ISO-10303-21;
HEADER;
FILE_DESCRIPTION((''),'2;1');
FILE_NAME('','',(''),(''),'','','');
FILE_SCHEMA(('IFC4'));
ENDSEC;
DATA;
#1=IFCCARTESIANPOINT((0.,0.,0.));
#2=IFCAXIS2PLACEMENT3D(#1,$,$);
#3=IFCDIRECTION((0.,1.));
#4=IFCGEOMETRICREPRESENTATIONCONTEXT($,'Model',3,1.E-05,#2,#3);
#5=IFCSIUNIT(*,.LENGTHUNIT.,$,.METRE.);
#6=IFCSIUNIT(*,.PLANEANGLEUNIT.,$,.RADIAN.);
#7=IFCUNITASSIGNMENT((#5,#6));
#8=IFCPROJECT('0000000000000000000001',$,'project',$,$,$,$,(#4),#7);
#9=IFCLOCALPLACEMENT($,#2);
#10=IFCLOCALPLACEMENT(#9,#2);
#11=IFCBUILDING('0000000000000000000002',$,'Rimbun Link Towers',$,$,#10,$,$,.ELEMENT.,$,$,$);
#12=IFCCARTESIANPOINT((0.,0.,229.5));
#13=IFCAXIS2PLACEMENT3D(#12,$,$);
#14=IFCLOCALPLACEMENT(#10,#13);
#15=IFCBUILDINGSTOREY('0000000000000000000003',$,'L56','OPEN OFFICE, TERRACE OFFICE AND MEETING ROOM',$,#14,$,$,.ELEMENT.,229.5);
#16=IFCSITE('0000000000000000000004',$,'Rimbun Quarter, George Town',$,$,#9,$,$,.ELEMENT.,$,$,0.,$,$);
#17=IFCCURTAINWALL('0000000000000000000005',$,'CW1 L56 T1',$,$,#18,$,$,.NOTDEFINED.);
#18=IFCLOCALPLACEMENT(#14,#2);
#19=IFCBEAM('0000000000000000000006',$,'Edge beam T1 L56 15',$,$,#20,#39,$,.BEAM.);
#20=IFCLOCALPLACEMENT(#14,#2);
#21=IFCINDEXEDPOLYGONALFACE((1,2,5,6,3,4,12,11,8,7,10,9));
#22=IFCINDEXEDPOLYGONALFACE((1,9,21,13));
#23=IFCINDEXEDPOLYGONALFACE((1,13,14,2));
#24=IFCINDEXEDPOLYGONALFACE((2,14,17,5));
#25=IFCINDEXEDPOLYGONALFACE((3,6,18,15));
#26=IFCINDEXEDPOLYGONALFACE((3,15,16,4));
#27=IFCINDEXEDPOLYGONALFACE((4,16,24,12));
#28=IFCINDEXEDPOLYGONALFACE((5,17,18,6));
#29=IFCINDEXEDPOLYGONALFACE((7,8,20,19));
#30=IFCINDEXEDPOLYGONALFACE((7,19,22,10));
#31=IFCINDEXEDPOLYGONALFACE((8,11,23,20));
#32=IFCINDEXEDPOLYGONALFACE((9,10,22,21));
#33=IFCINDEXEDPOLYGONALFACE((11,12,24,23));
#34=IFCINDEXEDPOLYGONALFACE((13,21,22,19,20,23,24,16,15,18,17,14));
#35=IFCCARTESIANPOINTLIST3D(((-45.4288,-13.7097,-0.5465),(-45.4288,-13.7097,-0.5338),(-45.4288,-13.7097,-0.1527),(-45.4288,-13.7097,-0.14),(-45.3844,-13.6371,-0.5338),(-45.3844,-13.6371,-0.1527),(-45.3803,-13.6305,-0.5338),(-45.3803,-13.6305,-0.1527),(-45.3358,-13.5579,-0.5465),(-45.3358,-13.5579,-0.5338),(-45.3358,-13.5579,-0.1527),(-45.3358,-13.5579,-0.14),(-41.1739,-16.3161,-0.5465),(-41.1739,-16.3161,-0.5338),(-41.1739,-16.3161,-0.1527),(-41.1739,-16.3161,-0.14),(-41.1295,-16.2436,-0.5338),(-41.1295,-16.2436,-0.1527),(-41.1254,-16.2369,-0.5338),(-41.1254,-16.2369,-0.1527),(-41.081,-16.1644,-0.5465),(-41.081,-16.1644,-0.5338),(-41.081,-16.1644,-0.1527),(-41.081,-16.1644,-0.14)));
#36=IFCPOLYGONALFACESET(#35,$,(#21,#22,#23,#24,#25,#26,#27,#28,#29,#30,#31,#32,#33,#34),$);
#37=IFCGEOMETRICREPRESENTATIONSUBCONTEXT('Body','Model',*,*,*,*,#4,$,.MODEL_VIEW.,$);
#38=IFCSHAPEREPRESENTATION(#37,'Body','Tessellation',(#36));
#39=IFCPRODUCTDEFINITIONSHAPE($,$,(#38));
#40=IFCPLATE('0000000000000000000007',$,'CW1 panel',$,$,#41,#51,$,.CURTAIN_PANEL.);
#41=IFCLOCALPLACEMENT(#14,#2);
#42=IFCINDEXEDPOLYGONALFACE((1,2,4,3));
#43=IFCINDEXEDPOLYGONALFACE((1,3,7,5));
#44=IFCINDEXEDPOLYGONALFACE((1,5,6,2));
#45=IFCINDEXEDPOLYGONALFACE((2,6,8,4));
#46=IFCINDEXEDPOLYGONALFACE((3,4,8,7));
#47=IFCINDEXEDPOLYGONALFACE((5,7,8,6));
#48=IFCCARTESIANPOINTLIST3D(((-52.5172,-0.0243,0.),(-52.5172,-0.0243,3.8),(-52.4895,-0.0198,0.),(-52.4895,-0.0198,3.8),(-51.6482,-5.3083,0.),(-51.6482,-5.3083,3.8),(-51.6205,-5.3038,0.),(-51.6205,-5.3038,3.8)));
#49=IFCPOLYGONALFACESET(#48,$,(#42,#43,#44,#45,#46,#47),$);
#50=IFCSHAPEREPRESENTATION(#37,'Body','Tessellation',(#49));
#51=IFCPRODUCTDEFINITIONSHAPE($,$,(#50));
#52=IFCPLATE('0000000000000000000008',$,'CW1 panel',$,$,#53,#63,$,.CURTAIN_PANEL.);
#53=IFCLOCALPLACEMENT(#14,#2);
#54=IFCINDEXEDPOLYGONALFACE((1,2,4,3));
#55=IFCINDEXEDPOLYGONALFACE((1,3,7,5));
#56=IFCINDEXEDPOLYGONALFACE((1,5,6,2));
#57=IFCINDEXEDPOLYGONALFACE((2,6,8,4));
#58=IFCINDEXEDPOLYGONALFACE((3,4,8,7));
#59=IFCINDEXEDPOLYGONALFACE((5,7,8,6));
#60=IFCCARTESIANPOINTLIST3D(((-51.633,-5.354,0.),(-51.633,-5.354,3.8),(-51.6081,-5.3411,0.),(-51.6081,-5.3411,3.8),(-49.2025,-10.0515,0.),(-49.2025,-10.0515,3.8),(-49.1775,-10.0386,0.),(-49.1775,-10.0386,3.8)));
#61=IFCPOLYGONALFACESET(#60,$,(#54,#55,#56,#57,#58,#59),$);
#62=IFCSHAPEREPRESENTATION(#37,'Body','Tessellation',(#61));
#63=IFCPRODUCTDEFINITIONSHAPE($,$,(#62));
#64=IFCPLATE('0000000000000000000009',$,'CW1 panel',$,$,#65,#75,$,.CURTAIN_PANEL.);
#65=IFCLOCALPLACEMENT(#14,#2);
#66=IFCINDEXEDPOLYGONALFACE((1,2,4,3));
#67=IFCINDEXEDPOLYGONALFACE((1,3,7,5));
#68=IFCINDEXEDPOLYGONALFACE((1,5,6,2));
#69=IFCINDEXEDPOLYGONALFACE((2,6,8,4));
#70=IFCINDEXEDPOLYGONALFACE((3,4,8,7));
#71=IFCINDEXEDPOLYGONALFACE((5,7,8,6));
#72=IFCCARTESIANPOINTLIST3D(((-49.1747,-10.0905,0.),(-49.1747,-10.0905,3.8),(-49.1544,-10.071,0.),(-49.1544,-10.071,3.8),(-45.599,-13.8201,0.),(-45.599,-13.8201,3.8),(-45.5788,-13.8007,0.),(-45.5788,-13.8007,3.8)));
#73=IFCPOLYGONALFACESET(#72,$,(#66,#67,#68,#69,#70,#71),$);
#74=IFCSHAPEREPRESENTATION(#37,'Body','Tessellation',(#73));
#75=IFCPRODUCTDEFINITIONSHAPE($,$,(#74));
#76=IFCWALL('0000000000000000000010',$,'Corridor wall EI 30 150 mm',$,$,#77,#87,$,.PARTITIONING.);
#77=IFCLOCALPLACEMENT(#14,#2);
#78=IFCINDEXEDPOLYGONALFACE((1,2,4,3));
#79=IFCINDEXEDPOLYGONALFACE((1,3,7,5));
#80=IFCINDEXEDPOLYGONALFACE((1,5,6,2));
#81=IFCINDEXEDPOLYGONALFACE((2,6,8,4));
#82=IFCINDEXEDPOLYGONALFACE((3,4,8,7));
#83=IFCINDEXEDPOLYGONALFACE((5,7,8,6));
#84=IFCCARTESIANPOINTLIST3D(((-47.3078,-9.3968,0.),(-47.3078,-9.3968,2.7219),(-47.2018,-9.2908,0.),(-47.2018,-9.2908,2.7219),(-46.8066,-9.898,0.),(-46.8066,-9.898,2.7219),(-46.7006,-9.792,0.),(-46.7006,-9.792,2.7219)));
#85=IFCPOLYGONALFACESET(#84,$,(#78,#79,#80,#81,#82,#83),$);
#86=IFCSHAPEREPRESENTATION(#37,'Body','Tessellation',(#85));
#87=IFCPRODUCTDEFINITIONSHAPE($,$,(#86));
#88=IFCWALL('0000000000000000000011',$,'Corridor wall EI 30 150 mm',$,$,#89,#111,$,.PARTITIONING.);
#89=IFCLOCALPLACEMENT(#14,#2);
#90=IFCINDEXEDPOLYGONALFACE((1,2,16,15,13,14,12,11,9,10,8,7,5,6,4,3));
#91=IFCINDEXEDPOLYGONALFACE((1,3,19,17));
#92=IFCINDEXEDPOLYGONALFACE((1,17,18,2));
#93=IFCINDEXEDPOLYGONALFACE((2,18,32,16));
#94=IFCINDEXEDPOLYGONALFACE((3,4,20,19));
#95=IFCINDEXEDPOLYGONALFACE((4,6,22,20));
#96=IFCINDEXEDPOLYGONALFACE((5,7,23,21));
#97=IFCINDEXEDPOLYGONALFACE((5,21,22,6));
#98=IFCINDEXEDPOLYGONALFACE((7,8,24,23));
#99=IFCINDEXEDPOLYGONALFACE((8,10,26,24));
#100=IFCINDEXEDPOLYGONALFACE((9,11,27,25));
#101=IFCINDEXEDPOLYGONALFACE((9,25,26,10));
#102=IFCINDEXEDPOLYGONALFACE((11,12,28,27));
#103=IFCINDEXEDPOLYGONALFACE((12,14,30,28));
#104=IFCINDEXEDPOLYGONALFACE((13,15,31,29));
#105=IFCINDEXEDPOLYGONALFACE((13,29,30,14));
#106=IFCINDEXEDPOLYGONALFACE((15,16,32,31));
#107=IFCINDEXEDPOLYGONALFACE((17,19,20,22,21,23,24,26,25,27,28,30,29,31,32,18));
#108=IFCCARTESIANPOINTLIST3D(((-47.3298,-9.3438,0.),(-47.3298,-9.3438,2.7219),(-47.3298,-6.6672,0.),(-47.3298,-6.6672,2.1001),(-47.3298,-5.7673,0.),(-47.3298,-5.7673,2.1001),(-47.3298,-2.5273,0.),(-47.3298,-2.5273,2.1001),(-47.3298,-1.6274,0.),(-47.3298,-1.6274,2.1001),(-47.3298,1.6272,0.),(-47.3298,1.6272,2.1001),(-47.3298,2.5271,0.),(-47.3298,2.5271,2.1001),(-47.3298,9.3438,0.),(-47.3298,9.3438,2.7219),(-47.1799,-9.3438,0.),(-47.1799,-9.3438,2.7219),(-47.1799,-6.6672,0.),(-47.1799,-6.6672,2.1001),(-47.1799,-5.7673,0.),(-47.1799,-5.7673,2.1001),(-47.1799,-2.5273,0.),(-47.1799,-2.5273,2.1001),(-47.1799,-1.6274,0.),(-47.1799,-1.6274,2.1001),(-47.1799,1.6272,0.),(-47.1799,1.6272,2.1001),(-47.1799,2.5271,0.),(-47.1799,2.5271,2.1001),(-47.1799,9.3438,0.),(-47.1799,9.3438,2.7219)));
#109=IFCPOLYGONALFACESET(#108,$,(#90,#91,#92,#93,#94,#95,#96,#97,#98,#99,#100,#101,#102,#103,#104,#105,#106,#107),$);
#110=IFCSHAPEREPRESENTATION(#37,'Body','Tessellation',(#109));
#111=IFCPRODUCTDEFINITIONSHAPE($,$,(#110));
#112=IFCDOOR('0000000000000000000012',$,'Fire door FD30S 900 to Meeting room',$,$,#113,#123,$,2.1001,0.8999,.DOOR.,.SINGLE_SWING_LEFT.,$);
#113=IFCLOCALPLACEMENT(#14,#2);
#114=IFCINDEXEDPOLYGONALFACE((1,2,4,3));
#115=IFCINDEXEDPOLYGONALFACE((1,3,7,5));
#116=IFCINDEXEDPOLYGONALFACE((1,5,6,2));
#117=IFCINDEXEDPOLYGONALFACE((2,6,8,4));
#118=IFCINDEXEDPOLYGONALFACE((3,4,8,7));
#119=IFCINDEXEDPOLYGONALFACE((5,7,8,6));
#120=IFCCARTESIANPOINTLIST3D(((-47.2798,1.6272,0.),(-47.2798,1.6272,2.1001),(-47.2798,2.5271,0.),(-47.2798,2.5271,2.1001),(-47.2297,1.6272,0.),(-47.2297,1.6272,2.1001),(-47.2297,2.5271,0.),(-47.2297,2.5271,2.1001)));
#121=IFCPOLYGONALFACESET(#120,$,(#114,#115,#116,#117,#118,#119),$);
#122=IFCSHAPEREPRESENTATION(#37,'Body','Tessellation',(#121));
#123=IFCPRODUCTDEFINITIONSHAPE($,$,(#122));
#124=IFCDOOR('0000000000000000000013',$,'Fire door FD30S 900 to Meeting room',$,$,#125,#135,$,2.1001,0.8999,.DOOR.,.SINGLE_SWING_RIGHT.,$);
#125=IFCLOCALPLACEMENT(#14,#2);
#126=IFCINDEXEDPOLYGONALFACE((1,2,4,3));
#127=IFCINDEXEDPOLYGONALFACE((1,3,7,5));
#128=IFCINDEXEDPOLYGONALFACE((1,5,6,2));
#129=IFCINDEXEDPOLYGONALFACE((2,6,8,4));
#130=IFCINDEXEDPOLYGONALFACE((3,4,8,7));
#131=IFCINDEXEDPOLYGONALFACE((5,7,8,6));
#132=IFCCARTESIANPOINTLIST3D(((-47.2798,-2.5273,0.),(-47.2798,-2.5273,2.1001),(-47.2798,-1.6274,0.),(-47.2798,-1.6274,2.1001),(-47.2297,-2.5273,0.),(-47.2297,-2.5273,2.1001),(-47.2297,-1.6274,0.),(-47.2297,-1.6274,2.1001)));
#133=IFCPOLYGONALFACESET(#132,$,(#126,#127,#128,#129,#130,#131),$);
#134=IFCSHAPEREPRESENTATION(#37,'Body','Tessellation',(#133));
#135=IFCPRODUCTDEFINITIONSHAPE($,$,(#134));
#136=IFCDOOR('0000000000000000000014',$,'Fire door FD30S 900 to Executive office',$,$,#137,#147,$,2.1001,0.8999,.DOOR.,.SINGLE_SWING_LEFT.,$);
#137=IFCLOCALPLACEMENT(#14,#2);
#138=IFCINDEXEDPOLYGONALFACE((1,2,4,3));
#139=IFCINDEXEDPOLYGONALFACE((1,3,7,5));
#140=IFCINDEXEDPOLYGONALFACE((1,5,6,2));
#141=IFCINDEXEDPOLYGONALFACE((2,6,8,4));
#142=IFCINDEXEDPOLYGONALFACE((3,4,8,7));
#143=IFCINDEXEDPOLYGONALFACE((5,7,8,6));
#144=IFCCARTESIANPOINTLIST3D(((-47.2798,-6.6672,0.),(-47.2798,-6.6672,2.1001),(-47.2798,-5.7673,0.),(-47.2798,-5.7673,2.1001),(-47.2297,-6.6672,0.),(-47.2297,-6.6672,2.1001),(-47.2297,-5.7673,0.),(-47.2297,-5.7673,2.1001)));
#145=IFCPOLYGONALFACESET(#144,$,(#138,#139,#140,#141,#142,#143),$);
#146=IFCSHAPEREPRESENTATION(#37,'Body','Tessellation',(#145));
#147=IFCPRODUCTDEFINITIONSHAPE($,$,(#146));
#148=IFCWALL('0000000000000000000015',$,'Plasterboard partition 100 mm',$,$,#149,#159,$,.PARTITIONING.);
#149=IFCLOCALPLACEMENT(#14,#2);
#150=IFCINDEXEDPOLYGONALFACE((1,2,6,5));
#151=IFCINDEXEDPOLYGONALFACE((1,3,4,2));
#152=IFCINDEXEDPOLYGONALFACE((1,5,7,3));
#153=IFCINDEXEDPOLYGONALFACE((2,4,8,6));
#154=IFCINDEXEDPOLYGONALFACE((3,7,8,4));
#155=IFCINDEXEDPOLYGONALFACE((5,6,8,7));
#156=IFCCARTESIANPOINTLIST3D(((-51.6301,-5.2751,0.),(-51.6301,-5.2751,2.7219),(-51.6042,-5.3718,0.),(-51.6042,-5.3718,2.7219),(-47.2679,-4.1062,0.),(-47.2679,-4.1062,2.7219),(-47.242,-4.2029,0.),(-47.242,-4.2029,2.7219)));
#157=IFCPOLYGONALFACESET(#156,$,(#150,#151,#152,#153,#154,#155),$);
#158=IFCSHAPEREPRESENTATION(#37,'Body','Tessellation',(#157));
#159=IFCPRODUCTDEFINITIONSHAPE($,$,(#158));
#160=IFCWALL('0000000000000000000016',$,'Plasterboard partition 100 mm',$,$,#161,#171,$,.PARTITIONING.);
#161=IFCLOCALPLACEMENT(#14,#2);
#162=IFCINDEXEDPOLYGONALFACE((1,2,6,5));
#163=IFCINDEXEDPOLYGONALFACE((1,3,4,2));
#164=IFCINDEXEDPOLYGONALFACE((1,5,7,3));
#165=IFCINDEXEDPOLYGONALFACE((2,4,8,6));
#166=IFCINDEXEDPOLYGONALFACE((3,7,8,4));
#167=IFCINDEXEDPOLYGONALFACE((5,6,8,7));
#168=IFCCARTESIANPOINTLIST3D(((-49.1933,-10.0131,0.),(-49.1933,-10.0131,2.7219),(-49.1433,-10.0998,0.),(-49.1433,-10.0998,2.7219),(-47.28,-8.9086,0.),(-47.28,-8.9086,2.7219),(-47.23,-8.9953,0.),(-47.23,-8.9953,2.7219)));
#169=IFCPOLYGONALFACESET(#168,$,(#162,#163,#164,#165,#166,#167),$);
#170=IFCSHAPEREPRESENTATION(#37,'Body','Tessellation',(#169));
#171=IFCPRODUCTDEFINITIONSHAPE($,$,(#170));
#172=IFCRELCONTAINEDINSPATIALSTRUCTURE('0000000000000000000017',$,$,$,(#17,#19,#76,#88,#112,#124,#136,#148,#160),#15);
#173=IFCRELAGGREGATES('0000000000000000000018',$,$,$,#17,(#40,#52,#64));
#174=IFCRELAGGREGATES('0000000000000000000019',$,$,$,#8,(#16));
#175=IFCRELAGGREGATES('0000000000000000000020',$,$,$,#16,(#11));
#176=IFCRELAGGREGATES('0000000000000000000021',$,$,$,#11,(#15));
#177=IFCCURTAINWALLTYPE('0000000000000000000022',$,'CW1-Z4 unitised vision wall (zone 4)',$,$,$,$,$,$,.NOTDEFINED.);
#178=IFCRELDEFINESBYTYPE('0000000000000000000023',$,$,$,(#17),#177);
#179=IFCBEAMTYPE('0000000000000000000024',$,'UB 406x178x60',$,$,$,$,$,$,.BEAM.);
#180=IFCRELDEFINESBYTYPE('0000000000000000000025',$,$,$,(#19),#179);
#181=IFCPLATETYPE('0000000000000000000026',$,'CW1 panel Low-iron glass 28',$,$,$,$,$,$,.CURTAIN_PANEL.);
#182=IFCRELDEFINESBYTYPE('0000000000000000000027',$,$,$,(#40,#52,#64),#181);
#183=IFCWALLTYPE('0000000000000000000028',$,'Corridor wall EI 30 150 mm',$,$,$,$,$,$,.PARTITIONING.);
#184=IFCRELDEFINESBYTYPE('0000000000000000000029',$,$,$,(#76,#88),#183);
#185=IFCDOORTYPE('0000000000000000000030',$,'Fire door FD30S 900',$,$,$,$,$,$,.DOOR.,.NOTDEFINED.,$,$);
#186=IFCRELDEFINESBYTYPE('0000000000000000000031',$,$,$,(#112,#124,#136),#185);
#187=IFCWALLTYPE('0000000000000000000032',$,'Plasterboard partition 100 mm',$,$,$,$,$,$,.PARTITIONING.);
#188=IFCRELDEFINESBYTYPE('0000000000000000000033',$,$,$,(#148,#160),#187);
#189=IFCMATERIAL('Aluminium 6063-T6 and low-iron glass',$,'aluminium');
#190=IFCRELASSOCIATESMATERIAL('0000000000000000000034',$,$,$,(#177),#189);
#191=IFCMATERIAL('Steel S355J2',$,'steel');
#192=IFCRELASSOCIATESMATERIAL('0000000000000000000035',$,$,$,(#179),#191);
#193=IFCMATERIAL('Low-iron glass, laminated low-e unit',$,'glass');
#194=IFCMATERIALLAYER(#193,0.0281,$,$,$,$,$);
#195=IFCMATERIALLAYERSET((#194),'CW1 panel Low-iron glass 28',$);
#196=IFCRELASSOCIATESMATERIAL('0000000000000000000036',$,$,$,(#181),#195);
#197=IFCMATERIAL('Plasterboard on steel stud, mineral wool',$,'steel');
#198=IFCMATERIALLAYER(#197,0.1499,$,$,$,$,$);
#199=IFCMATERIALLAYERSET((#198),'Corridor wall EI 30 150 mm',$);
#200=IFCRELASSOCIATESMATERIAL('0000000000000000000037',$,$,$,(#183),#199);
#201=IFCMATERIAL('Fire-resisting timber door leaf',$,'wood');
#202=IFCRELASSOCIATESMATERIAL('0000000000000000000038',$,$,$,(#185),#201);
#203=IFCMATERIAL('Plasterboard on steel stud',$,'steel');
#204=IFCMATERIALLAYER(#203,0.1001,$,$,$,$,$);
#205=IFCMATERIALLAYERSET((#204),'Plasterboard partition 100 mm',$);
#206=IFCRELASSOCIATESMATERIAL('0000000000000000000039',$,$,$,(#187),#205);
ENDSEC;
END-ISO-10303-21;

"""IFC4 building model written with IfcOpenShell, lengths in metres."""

from ifc_helpers import new_model, si_unit, direction, frame, frame_2d, origin, origin_2d, place, context, subcontext, project, spatial, rectangle, i_section, extrude, material, layer, layer_set, material_profile, profile_set, type_object, element, fill, aggregate, save


model = new_model("IFC4")

# Units and contexts
model_context = context("Model", 3, precision=1e-05, world=origin(), true_north=direction((0.0, 1.0)))
body_context = subcontext(model_context, "Body", "Model", "MODEL_VIEW")
ifc_project = project(units=[si_unit("LENGTHUNIT", "METRE"), si_unit("PLANEANGLEUNIT", "RADIAN")], contexts=[model_context])

# Site, building, storey
site_placement = place(None, origin())
site = spatial("IfcSite", under=ifc_project, at=site_placement, Name="Rimbun Quarter, George Town", CompositionType="ELEMENT", RefElevation=0.0)
building_placement = place(site_placement, origin())
building = spatial("IfcBuilding", under=site, at=building_placement, Name="Rimbun Link Towers", CompositionType="ELEMENT")
storey_placement = place(building_placement, frame((0.0, 0.0, 229.5)))
storey = spatial("IfcBuildingStorey", under=building, at=storey_placement, Name="L56", Description="OPEN OFFICE, TERRACE OFFICE AND MEETING ROOM", CompositionType="ELEMENT", Elevation=229.5)

# Curtain wall
ifc_material_1 = material(Name="Aluminium 6063-T6 and low-iron glass", Category="aluminium")
curtain_wall_type = type_object("IfcCurtainWallType", Name="CW1-Z4 unitised vision wall (zone 4)", PredefinedType="NOTDEFINED", material=ifc_material_1)
curtain_wall_placement = place(storey_placement, origin())
curtain_wall = element("IfcCurtainWall", 1, at=curtain_wall_placement, inside=storey, type_object=curtain_wall_type, Name="CW1 L56 T1", PredefinedType="NOTDEFINED")

# Beam
ifc_material_2 = material(Name="Steel S355J2", Category="steel")
ifc_material_profile_1 = material_profile(ifc_material_2, i_section(OverallWidth=0.178, OverallDepth=0.4065, WebThickness=0.0078, FlangeThickness=0.0127, at=origin_2d()), Name="UB 406x178x60")
ifc_profile_set_1 = profile_set([ifc_material_profile_1], Name="Steel S355J2")
beam_type = type_object("IfcBeamType", Name="UB 406x178x60", PredefinedType="BEAM", material=ifc_profile_set_1)
beam_1_placement = place(storey_placement, frame((-45.3823, -13.6338, -0.3433), z_axis=(0.852725, -0.52236, 0.0), x_axis=(0.52236, 0.852725, 0.0)))
element("IfcBeam", 2, at=beam_1_placement, inside=storey, type_object=beam_type, Name="Edge beam T1 L56 15", PredefinedType="BEAM", context=body_context, shape_type="SweptSolid", body=[
    extrude(i_section(OverallWidth=0.178, OverallDepth=0.4065, WebThickness=0.0078, FlangeThickness=0.0127, at=origin_2d()), origin(), (0.0, 0.0, 1.0), 4.9897),
])

# Plates
ifc_material_3 = material(Name="Low-iron glass, laminated low-e unit", Category="glass")
ifc_layer_1 = layer(ifc_material_3, 0.0281)
ifc_layer_set_1 = layer_set([ifc_layer_1], Name="CW1 panel Low-iron glass 28")
plate_type = type_object("IfcPlateType", Name="CW1 panel Low-iron glass 28", PredefinedType="CURTAIN_PANEL", material=ifc_layer_set_1)
plate_1_placement = place(storey_placement, frame((-52.0688, -2.6641, 0.0), z_axis=(0.0, 0.0, 1.0), x_axis=(-0.162264, 0.986747, 0.0)))
plate_1 = element("IfcPlate", 3, at=plate_1_placement, type_object=plate_type, Name="CW1 panel", PredefinedType="CURTAIN_PANEL", context=body_context, shape_type="SweptSolid", body=[
    extrude(rectangle(XDim=5.355, YDim=0.0281, at=origin_2d()), origin(), (0.0, 0.0, 1.0), 3.8),
])
plate_2_placement = place(storey_placement, frame((-50.4053, -7.6963, 0.0), z_axis=(0.0, 0.0, 1.0), x_axis=(-0.459548, 0.888153, 0.0)))
plate_2 = element("IfcPlate", 4, at=plate_2_placement, type_object=plate_type, Name="CW1 panel", PredefinedType="CURTAIN_PANEL", context=body_context, shape_type="SweptSolid", body=[
    extrude(rectangle(XDim=5.2891, YDim=0.0281, at=origin_2d()), origin(), (0.0, 0.0, 1.0), 3.8),
])
plate_3_placement = place(storey_placement, frame((-47.3767, -11.9456, 0.0), z_axis=(0.0, 0.0, 1.0), x_axis=(-0.692046, 0.721853, 0.0)))
plate_3 = element("IfcPlate", 5, at=plate_3_placement, type_object=plate_type, Name="CW1 panel", PredefinedType="CURTAIN_PANEL", context=body_context, shape_type="SweptSolid", body=[
    extrude(rectangle(XDim=5.1667, YDim=0.0281, at=origin_2d()), origin(), (0.0, 0.0, 1.0), 3.8),
])
aggregate(curtain_wall, [plate_1, plate_2, plate_3])

# Wall
ifc_material_4 = material(Name="Plasterboard on steel stud, mineral wool", Category="steel")
ifc_layer_2 = layer(ifc_material_4, 0.1499)
ifc_layer_set_2 = layer_set([ifc_layer_2], Name="Corridor wall EI 30 150 mm")
wall_type_1 = type_object("IfcWallType", Name="Corridor wall EI 30 150 mm", PredefinedType="PARTITIONING", material=ifc_layer_set_2)
wall_1_placement = place(storey_placement, frame((-47.2549, -9.3438, 0.0), z_axis=(0.0, 0.0, 1.0), x_axis=(0.707107, -0.707107, 0.0)))
element("IfcWall", 6, at=wall_1_placement, inside=storey, type_object=wall_type_1, Name="Corridor wall EI 30 150 mm", PredefinedType="PARTITIONING", context=body_context, shape_type="SweptSolid", body=[
    extrude(rectangle(XDim=0.7087, YDim=0.1499, at=frame_2d((0.3545, 0.0))), origin(), (0.0, 0.0, 1.0), 2.7219),
])

# Wall, openings, doors
wall_2_placement = place(storey_placement, frame((-47.2549, -9.3438, 0.0), z_axis=(0.0, 0.0, 1.0), x_axis=(0.0, 1.0, 0.0)))
wall_2 = element("IfcWall", 7, at=wall_2_placement, inside=storey, type_object=wall_type_1, Name="Corridor wall EI 30 150 mm", PredefinedType="PARTITIONING", context=body_context, shape_type="SweptSolid", body=[
    extrude(rectangle(XDim=18.6875, YDim=0.1499, at=frame_2d((9.3438, 0.0))), origin(), (0.0, 0.0, 1.0), 2.7219),
])
opening_1_placement = place(wall_2_placement, frame((10.9709, 0.0, 0.0)))
opening_1 = element("IfcOpeningElement", 8, at=opening_1_placement, cuts=wall_2, PredefinedType="OPENING", context=body_context, shape_type="SweptSolid", body=[
    extrude(rectangle(XDim=0.8999, YDim=2.1001, at=frame_2d((0.45, 1.05))), frame((0.0, 0.085, 0.0), z_axis=(0.0, -1.0, 0.0), x_axis=(1.0, 0.0, 0.0)), (0.0, 0.0, 1.0), 0.1699),
])
opening_2_placement = place(wall_2_placement, frame((6.8164, 0.0, 0.0)))
opening_2 = element("IfcOpeningElement", 9, at=opening_2_placement, cuts=wall_2, PredefinedType="OPENING", context=body_context, shape_type="SweptSolid", body=[
    extrude(rectangle(XDim=0.8999, YDim=2.1001, at=frame_2d((0.45, 1.05))), frame((0.0, 0.085, 0.0), z_axis=(0.0, -1.0, 0.0), x_axis=(1.0, 0.0, 0.0)), (0.0, 0.0, 1.0), 0.1699),
])
opening_3_placement = place(wall_2_placement, frame((2.6765, 0.0, 0.0)))
opening_3 = element("IfcOpeningElement", 10, at=opening_3_placement, cuts=wall_2, PredefinedType="OPENING", context=body_context, shape_type="SweptSolid", body=[
    extrude(rectangle(XDim=0.8999, YDim=2.1001, at=frame_2d((0.45, 1.05))), frame((0.0, 0.085, 0.0), z_axis=(0.0, -1.0, 0.0), x_axis=(1.0, 0.0, 0.0)), (0.0, 0.0, 1.0), 0.1699),
])
ifc_material_5 = material(Name="Fire-resisting timber door leaf", Category="wood")
door_type = type_object("IfcDoorType", Name="Fire door FD30S 900", OperationType="NOTDEFINED", PredefinedType="DOOR", material=ifc_material_5)
door_1_placement = place(opening_1_placement, origin())
door_1 = element("IfcDoor", 11, at=door_1_placement, inside=storey, type_object=door_type, Name="Fire door FD30S 900 to Meeting room", OperationType="SINGLE_SWING_LEFT", OverallHeight=2.1001, OverallWidth=0.8999, PredefinedType="DOOR", context=body_context, shape_type="SweptSolid", body=[
    extrude(rectangle(XDim=0.8999, YDim=2.1001, at=frame_2d((0.45, 1.05))), frame((0.0, 0.0249, 0.0), z_axis=(0.0, -1.0, 0.0), x_axis=(1.0, 0.0, 0.0)), (0.0, 0.0, 1.0), 0.05),
])
fill(opening_1, door_1)
door_2_placement = place(opening_2_placement, origin())
door_2 = element("IfcDoor", 12, at=door_2_placement, inside=storey, type_object=door_type, Name="Fire door FD30S 900 to Meeting room", OperationType="SINGLE_SWING_RIGHT", OverallHeight=2.1001, OverallWidth=0.8999, PredefinedType="DOOR", context=body_context, shape_type="SweptSolid", body=[
    extrude(rectangle(XDim=0.8999, YDim=2.1001, at=frame_2d((0.45, 1.05))), frame((0.0, 0.0249, 0.0), z_axis=(0.0, -1.0, 0.0), x_axis=(1.0, 0.0, 0.0)), (0.0, 0.0, 1.0), 0.05),
])
fill(opening_2, door_2)
door_3_placement = place(opening_3_placement, origin())
door_3 = element("IfcDoor", 13, at=door_3_placement, inside=storey, type_object=door_type, Name="Fire door FD30S 900 to Executive office", OperationType="SINGLE_SWING_LEFT", OverallHeight=2.1001, OverallWidth=0.8999, PredefinedType="DOOR", context=body_context, shape_type="SweptSolid", body=[
    extrude(rectangle(XDim=0.8999, YDim=2.1001, at=frame_2d((0.45, 1.05))), frame((0.0, 0.0249, 0.0), z_axis=(0.0, -1.0, 0.0), x_axis=(1.0, 0.0, 0.0)), (0.0, 0.0, 1.0), 0.05),
])
fill(opening_3, door_3)

# Walls
ifc_material_6 = material(Name="Plasterboard on steel stud", Category="steel")
ifc_layer_3 = layer(ifc_material_6, 0.1001)
ifc_layer_set_3 = layer_set([ifc_layer_3], Name="Plasterboard partition 100 mm")
wall_type_2 = type_object("IfcWallType", Name="Plasterboard partition 100 mm", PredefinedType="PARTITIONING", material=ifc_layer_set_3)
wall_3_placement = place(storey_placement, frame((-51.6172, -5.3235, 0.0), z_axis=(0.0, 0.0, 1.0), x_axis=(0.965922, 0.258833, 0.0)))
element("IfcWall", 14, at=wall_3_placement, inside=storey, type_object=wall_type_2, Name="Plasterboard partition 100 mm", PredefinedType="PARTITIONING", context=body_context, shape_type="SweptSolid", body=[
    extrude(rectangle(XDim=4.5161, YDim=0.1001, at=frame_2d((2.2581, 0.0))), origin(), (0.0, 0.0, 1.0), 2.7219),
])
wall_4_placement = place(storey_placement, frame((-49.1682, -10.0564, 0.0), z_axis=(0.0, 0.0, 1.0), x_axis=(0.866059, 0.499942, 0.0)))
element("IfcWall", 15, at=wall_4_placement, inside=storey, type_object=wall_type_2, Name="Plasterboard partition 100 mm", PredefinedType="PARTITIONING", context=body_context, shape_type="SweptSolid", body=[
    extrude(rectangle(XDim=2.2092, YDim=0.1001, at=frame_2d((1.1045, 0.0))), origin(), (0.0, 0.0, 1.0), 2.7219),
])

save(model, "model.ifc")
